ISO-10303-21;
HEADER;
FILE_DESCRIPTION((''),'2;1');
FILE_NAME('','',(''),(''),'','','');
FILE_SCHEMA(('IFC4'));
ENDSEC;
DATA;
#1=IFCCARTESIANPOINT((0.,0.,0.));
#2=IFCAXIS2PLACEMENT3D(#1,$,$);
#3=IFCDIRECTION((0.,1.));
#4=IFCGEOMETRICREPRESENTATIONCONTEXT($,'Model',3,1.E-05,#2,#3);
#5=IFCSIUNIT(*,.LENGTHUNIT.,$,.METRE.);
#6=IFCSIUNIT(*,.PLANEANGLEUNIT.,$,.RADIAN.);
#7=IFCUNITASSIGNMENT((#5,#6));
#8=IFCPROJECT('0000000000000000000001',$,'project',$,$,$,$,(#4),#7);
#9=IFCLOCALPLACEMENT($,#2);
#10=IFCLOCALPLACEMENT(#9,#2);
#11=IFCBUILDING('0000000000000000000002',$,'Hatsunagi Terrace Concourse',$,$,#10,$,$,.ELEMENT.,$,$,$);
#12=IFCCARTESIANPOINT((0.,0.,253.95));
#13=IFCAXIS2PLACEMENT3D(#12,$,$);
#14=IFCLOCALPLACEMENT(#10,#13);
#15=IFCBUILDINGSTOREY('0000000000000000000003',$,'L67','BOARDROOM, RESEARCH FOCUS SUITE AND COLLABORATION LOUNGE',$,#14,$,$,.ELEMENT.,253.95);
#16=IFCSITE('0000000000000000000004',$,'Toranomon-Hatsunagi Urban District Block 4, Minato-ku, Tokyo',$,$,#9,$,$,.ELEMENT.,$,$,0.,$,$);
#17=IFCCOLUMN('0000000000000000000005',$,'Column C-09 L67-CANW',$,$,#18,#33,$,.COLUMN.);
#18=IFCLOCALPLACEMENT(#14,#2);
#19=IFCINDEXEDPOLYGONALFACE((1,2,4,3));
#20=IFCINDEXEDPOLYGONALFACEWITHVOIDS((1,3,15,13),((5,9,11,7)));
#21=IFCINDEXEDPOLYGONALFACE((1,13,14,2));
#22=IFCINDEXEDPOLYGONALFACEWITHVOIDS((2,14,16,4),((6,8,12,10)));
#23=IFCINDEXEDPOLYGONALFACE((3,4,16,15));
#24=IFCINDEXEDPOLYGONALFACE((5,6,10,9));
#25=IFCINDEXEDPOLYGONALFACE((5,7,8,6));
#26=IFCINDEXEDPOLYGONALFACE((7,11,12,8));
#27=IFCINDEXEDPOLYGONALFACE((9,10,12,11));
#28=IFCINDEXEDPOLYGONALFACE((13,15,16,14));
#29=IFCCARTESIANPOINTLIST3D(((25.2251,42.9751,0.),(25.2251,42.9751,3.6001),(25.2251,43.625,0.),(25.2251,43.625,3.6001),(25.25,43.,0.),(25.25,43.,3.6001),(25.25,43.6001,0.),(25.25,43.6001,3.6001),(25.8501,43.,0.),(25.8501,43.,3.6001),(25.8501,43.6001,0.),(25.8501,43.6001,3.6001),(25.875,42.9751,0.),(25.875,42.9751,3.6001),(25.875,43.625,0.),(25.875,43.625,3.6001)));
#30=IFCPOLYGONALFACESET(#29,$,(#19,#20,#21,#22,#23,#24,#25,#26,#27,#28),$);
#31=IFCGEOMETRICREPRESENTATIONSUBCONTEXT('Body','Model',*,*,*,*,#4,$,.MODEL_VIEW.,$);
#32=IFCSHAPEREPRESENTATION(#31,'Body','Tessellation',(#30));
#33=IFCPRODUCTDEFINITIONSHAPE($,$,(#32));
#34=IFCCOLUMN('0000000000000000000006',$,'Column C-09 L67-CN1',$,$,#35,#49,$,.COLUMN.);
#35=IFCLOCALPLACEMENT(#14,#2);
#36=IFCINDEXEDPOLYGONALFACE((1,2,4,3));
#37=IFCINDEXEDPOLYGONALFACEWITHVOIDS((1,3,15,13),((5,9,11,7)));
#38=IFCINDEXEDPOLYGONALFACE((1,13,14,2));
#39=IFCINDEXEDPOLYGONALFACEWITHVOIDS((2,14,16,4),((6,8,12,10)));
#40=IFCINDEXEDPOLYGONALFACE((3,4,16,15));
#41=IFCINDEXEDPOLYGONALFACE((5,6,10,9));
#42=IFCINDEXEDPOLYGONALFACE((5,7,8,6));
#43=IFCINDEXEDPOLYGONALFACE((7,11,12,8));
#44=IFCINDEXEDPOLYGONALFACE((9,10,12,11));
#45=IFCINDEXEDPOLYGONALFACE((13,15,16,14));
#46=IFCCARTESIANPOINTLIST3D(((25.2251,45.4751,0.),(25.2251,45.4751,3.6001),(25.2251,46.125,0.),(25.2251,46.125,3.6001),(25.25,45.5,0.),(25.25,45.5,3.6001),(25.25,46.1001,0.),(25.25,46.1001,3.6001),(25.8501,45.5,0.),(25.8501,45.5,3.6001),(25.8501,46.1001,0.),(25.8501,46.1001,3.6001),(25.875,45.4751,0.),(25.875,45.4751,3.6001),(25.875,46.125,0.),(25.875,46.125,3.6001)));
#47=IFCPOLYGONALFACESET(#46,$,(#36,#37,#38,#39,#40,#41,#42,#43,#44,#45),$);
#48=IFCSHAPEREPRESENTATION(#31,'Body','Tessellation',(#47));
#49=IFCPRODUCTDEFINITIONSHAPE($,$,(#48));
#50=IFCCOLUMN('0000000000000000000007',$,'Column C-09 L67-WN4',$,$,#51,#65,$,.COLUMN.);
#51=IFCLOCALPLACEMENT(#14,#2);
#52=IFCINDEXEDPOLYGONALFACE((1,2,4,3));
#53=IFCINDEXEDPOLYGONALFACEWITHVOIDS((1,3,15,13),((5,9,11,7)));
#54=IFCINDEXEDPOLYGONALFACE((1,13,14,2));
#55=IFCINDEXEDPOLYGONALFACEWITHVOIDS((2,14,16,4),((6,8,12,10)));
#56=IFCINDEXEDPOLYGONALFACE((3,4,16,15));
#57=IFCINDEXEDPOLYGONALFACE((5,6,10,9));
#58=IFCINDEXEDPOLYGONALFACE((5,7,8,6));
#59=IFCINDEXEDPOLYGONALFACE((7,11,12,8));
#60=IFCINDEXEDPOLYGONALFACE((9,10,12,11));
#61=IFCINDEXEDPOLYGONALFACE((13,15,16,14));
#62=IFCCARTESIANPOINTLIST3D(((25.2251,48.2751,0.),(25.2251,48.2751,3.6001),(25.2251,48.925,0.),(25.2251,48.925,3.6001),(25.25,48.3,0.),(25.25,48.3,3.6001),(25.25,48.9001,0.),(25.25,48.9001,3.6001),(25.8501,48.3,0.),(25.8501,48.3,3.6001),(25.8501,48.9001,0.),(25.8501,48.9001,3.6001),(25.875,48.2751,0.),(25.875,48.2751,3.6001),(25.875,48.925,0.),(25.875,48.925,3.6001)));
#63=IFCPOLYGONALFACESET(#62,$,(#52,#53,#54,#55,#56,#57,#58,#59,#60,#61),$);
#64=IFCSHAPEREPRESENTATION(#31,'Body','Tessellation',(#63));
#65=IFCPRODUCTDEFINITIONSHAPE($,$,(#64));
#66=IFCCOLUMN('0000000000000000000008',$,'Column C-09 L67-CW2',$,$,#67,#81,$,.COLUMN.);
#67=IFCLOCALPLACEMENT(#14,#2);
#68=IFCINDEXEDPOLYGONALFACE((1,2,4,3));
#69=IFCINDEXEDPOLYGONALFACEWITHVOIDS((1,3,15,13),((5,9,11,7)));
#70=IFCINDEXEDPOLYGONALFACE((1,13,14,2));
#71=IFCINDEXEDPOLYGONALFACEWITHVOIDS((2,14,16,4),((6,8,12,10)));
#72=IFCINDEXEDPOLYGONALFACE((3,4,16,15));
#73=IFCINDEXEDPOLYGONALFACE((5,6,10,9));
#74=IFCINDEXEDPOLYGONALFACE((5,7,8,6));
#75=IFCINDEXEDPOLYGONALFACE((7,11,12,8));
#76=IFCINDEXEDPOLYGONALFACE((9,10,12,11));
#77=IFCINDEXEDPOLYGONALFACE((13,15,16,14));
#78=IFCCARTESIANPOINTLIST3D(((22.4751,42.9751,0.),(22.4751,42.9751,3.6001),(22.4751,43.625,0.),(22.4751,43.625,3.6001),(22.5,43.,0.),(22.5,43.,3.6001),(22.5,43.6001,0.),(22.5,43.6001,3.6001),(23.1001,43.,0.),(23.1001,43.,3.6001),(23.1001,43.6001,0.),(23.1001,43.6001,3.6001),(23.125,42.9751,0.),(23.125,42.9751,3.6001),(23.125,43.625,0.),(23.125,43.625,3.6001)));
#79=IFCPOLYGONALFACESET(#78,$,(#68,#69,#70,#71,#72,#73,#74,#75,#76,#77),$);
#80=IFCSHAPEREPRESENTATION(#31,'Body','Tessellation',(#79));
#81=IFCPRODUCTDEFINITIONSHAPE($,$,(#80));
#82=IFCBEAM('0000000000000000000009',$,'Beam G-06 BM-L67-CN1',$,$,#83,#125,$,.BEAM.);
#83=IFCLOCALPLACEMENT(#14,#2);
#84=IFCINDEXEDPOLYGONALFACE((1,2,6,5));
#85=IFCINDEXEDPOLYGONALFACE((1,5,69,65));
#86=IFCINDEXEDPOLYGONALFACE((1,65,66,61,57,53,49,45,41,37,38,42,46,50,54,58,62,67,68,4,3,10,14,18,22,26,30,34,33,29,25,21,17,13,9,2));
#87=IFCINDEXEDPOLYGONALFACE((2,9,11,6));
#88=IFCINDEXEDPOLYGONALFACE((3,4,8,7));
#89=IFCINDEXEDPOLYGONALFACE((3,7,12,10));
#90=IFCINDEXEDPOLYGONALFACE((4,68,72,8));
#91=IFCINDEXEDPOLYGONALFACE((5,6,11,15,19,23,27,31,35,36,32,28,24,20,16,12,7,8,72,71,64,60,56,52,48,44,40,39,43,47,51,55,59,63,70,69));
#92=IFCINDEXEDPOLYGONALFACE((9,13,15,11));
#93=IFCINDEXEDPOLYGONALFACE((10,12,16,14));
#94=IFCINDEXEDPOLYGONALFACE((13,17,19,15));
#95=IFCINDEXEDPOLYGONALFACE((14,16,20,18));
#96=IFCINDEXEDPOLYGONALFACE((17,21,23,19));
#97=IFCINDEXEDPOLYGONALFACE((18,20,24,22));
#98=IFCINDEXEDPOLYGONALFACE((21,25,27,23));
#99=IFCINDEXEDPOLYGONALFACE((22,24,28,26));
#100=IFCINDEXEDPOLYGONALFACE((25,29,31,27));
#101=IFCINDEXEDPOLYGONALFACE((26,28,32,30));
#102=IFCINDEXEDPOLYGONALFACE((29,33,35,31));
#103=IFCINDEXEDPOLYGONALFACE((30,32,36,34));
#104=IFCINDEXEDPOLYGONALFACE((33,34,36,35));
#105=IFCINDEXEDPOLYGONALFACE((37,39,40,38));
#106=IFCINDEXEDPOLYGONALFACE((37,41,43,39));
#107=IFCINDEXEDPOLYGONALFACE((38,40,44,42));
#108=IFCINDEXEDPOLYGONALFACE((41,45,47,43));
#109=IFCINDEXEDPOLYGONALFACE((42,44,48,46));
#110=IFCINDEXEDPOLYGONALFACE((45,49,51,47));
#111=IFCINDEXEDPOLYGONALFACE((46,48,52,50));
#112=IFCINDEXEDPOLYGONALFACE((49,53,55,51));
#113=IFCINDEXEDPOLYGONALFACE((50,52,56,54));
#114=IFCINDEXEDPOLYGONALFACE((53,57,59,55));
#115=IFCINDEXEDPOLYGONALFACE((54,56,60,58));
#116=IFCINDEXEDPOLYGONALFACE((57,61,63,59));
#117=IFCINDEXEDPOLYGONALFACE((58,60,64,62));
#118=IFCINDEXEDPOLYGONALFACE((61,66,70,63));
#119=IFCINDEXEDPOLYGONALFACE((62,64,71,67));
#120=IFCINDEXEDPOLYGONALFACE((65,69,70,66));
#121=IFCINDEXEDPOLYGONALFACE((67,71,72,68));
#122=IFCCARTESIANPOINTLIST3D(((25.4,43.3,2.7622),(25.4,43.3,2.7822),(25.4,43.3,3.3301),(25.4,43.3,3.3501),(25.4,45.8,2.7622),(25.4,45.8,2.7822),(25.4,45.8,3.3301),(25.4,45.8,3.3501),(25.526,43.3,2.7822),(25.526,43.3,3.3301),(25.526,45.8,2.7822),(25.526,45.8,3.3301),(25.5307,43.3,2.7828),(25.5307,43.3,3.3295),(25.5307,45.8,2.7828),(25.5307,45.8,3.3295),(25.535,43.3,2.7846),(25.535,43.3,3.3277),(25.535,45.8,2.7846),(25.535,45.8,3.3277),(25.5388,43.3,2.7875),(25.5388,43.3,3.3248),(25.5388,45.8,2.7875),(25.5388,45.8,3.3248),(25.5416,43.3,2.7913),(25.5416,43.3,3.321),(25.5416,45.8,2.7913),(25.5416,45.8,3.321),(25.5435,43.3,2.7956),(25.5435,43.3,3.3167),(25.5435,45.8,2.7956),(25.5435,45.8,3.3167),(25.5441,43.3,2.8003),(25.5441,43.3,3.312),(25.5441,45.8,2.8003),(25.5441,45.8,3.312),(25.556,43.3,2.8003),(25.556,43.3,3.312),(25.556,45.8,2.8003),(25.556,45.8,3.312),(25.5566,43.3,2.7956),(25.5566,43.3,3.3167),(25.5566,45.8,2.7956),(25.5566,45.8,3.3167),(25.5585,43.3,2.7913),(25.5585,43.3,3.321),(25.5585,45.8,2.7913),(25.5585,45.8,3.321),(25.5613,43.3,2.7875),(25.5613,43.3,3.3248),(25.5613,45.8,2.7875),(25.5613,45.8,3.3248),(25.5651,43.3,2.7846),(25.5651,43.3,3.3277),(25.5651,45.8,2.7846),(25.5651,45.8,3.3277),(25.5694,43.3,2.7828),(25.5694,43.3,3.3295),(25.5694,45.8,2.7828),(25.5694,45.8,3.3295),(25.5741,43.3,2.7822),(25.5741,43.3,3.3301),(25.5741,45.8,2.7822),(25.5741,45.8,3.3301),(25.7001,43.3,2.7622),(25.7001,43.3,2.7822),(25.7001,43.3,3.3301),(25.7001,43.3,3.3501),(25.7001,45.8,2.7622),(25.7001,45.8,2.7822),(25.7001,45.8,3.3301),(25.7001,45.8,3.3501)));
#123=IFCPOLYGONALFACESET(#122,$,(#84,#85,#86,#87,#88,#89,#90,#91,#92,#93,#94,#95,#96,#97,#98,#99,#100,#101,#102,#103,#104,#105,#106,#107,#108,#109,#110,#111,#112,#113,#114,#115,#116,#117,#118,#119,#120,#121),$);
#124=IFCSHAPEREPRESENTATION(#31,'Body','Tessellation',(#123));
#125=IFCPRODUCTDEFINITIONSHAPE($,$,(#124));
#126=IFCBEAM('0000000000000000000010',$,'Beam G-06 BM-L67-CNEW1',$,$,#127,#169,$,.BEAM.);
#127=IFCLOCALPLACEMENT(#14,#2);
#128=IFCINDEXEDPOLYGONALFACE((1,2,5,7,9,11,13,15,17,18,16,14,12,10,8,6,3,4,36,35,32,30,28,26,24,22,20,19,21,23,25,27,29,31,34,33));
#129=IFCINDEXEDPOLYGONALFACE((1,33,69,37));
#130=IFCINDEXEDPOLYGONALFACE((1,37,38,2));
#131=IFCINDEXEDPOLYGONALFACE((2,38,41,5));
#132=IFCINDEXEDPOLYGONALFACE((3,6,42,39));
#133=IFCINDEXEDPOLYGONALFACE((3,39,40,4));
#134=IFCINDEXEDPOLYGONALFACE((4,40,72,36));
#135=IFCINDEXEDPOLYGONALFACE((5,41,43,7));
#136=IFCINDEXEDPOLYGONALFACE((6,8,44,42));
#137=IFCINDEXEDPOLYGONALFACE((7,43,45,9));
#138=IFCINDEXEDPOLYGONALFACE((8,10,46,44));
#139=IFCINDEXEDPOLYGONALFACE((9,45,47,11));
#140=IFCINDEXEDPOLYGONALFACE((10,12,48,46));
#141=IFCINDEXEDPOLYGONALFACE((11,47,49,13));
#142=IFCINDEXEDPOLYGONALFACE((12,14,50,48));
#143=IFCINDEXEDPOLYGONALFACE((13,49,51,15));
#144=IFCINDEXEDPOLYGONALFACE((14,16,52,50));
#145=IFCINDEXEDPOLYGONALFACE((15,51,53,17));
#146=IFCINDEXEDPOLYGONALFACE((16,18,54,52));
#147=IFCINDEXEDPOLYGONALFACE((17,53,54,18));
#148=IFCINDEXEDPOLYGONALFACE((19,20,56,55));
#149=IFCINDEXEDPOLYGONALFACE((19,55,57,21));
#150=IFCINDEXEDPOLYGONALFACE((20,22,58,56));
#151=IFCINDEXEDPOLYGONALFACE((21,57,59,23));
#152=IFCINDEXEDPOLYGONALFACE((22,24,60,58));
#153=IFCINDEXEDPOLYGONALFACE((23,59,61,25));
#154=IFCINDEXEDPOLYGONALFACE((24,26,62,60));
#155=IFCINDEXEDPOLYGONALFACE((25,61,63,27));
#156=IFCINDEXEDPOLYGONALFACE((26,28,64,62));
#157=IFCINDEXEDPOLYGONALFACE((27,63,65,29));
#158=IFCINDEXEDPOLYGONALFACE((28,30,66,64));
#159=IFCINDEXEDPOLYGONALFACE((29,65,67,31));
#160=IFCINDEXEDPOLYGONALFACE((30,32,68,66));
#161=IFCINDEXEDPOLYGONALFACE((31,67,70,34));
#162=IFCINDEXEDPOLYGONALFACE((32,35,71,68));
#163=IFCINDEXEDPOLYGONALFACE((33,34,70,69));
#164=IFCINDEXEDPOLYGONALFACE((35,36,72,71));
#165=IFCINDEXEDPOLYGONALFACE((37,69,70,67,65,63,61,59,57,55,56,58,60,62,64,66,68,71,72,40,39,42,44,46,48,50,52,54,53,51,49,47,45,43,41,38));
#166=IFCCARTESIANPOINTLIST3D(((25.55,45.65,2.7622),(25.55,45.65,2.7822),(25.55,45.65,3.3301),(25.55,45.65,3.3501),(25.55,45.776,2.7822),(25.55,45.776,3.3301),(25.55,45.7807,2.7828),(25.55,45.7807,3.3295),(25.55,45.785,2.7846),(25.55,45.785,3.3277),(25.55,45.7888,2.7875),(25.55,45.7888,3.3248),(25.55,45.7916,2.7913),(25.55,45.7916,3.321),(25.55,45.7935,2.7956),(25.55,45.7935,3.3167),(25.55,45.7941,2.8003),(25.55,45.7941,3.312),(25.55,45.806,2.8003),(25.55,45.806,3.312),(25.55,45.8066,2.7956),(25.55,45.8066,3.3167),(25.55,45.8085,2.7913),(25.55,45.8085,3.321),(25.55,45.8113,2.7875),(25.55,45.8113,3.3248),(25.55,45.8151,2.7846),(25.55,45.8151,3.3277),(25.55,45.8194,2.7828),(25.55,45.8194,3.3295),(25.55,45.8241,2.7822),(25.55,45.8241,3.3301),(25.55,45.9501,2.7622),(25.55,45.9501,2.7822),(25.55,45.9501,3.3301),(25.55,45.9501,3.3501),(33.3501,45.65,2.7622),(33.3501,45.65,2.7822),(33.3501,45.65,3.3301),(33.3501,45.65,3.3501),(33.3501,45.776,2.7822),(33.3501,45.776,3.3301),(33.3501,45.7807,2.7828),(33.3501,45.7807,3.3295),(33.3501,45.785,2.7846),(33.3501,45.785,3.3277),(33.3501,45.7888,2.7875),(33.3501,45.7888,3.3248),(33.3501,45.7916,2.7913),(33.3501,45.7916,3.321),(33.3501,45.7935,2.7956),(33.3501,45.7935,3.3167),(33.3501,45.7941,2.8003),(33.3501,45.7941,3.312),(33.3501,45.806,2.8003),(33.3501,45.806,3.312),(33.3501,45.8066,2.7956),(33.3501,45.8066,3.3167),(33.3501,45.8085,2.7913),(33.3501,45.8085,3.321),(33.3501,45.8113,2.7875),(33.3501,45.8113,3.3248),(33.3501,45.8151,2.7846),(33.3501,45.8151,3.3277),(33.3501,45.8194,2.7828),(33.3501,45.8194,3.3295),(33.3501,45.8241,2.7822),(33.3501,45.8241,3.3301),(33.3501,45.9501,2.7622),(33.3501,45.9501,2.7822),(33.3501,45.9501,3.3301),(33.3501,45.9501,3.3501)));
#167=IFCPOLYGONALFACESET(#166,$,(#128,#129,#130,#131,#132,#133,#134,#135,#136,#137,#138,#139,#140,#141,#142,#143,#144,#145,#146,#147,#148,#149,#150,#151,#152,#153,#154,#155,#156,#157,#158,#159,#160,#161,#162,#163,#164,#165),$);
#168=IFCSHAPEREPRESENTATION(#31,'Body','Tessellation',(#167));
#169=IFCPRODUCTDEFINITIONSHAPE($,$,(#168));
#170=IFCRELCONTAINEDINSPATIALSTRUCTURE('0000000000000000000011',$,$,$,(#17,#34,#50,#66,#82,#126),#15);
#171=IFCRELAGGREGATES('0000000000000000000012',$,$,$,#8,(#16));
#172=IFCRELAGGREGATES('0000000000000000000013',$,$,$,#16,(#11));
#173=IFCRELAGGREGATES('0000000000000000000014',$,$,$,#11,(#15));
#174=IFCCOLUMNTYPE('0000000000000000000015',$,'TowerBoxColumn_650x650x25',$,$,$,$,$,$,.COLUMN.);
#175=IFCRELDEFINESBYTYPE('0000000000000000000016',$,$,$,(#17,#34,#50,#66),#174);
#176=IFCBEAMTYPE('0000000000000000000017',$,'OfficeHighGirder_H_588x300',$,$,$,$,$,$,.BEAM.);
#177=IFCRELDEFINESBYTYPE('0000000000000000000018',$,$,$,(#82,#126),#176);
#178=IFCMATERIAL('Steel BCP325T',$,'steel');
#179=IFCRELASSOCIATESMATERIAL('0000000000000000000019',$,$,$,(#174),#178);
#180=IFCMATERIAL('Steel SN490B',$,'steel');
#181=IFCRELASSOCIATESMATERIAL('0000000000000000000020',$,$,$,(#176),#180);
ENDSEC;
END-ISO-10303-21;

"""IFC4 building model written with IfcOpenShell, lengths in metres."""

from ifc_helpers import new_model, si_unit, direction, frame, origin, origin_2d, place, context, subcontext, project, spatial, hollow_rectangle, i_section, extrude, material, material_profile, profile_set, type_object, element, save


model = new_model("IFC4")

# Units and contexts
model_context = context("Model", 3, precision=1e-05, world=origin(), true_north=direction((0.0, 1.0)))
body_context = subcontext(model_context, "Body", "Model", "MODEL_VIEW")
ifc_project = project(units=[si_unit("LENGTHUNIT", "METRE"), si_unit("PLANEANGLEUNIT", "RADIAN")], contexts=[model_context])

# Site, building, storey
site_placement = place(None, origin())
site = spatial("IfcSite", under=ifc_project, at=site_placement, Name="Toranomon-Hatsunagi Urban District Block 4, Minato-ku, Tokyo", CompositionType="ELEMENT", RefElevation=0.0)
building_placement = place(site_placement, origin())
building = spatial("IfcBuilding", under=site, at=building_placement, Name="Hatsunagi Terrace Concourse", CompositionType="ELEMENT")
storey_placement = place(building_placement, frame((0.0, 0.0, 253.95)))
storey = spatial("IfcBuildingStorey", under=building, at=storey_placement, Name="L67", Description="BOARDROOM, RESEARCH FOCUS SUITE AND COLLABORATION LOUNGE", CompositionType="ELEMENT", Elevation=253.95)

# Columns
ifc_material_1 = material(Name="Steel BCP325T", Category="steel")
ifc_material_profile_1 = material_profile(ifc_material_1, hollow_rectangle(XDim=0.6499, YDim=0.6499, WallThickness=0.0249, at=origin_2d()), Name="BCP-650x650x25")
ifc_profile_set_1 = profile_set([ifc_material_profile_1], Name="Steel BCP325T")
column_type = type_object("IfcColumnType", Name="TowerBoxColumn_650x650x25", PredefinedType="COLUMN", material=ifc_profile_set_1)
for number, where, z_axis, x_axis, name in (
    (1, (25.55, 43.3, 0.0), (0.0, 0.0, 1.0), (1.0, 0.0, 0.0), "Column C-09 L67-CANW"),
    (2, (25.55, 45.8, 0.0), (0.0, 0.0, 1.0), (1.0, 0.0, 0.0), "Column C-09 L67-CN1"),
    (3, (25.55, 48.6001, 0.0), (0.0, 0.0, 1.0), (1.0, 0.0, 0.0), "Column C-09 L67-WN4"),
    (4, (22.8, 43.3, 0.0), (0.0, 0.0, 1.0), (1.0, 0.0, 0.0), "Column C-09 L67-CW2"),
):
    element("IfcColumn", number, at=place(storey_placement, frame(where, z_axis=z_axis, x_axis=x_axis)), inside=storey, type_object=column_type, Name=name, PredefinedType="COLUMN", context=body_context, shape_type="SweptSolid", body=[
        extrude(hollow_rectangle(XDim=0.6499, YDim=0.6499, WallThickness=0.0249, at=origin_2d()), origin(), (0.0, 0.0, 1.0), 3.6001),
    ])

# Beams
ifc_material_2 = material(Name="Steel SN490B", Category="steel")
ifc_material_profile_2 = material_profile(ifc_material_2, i_section(OverallWidth=0.3, OverallDepth=0.5879, WebThickness=0.012, FlangeThickness=0.02, FilletRadius=0.0181, at=origin_2d()), Name="H-588x300x12x20")
ifc_profile_set_2 = profile_set([ifc_material_profile_2], Name="Steel SN490B")
beam_type_1 = type_object("IfcBeamType", Name="OfficeHighGirder_H_588x300", PredefinedType="BEAM", material=ifc_profile_set_2)
beam_1_placement = place(storey_placement, frame((25.55, 43.3, 3.0562), z_axis=(0.0, 1.0, 0.0), x_axis=(-1.0, 0.0, 0.0)))
element("IfcBeam", 5, at=beam_1_placement, inside=storey, type_object=beam_type_1, Name="Beam G-06 BM-L67-CN1", PredefinedType="BEAM", context=body_context, shape_type="SweptSolid", body=[
    extrude(i_section(OverallWidth=0.3, OverallDepth=0.5879, WebThickness=0.012, FlangeThickness=0.02, FilletRadius=0.0181, at=origin_2d()), origin(), (0.0, 0.0, 1.0), 2.5),
])
beam_2_placement = place(storey_placement, frame((25.55, 45.8, 3.0562), z_axis=(1.0, 0.0, 0.0), x_axis=(0.0, 1.0, 0.0)))
element("IfcBeam", 6, at=beam_2_placement, inside=storey, type_object=beam_type_1, Name="Beam G-06 BM-L67-CNEW1", PredefinedType="BEAM", context=body_context, shape_type="SweptSolid", body=[
    extrude(i_section(OverallWidth=0.3, OverallDepth=0.5879, WebThickness=0.012, FlangeThickness=0.02, FilletRadius=0.0181, at=origin_2d()), origin(), (0.0, 0.0, 1.0), 7.8),
])

save(model, "model.ifc")
